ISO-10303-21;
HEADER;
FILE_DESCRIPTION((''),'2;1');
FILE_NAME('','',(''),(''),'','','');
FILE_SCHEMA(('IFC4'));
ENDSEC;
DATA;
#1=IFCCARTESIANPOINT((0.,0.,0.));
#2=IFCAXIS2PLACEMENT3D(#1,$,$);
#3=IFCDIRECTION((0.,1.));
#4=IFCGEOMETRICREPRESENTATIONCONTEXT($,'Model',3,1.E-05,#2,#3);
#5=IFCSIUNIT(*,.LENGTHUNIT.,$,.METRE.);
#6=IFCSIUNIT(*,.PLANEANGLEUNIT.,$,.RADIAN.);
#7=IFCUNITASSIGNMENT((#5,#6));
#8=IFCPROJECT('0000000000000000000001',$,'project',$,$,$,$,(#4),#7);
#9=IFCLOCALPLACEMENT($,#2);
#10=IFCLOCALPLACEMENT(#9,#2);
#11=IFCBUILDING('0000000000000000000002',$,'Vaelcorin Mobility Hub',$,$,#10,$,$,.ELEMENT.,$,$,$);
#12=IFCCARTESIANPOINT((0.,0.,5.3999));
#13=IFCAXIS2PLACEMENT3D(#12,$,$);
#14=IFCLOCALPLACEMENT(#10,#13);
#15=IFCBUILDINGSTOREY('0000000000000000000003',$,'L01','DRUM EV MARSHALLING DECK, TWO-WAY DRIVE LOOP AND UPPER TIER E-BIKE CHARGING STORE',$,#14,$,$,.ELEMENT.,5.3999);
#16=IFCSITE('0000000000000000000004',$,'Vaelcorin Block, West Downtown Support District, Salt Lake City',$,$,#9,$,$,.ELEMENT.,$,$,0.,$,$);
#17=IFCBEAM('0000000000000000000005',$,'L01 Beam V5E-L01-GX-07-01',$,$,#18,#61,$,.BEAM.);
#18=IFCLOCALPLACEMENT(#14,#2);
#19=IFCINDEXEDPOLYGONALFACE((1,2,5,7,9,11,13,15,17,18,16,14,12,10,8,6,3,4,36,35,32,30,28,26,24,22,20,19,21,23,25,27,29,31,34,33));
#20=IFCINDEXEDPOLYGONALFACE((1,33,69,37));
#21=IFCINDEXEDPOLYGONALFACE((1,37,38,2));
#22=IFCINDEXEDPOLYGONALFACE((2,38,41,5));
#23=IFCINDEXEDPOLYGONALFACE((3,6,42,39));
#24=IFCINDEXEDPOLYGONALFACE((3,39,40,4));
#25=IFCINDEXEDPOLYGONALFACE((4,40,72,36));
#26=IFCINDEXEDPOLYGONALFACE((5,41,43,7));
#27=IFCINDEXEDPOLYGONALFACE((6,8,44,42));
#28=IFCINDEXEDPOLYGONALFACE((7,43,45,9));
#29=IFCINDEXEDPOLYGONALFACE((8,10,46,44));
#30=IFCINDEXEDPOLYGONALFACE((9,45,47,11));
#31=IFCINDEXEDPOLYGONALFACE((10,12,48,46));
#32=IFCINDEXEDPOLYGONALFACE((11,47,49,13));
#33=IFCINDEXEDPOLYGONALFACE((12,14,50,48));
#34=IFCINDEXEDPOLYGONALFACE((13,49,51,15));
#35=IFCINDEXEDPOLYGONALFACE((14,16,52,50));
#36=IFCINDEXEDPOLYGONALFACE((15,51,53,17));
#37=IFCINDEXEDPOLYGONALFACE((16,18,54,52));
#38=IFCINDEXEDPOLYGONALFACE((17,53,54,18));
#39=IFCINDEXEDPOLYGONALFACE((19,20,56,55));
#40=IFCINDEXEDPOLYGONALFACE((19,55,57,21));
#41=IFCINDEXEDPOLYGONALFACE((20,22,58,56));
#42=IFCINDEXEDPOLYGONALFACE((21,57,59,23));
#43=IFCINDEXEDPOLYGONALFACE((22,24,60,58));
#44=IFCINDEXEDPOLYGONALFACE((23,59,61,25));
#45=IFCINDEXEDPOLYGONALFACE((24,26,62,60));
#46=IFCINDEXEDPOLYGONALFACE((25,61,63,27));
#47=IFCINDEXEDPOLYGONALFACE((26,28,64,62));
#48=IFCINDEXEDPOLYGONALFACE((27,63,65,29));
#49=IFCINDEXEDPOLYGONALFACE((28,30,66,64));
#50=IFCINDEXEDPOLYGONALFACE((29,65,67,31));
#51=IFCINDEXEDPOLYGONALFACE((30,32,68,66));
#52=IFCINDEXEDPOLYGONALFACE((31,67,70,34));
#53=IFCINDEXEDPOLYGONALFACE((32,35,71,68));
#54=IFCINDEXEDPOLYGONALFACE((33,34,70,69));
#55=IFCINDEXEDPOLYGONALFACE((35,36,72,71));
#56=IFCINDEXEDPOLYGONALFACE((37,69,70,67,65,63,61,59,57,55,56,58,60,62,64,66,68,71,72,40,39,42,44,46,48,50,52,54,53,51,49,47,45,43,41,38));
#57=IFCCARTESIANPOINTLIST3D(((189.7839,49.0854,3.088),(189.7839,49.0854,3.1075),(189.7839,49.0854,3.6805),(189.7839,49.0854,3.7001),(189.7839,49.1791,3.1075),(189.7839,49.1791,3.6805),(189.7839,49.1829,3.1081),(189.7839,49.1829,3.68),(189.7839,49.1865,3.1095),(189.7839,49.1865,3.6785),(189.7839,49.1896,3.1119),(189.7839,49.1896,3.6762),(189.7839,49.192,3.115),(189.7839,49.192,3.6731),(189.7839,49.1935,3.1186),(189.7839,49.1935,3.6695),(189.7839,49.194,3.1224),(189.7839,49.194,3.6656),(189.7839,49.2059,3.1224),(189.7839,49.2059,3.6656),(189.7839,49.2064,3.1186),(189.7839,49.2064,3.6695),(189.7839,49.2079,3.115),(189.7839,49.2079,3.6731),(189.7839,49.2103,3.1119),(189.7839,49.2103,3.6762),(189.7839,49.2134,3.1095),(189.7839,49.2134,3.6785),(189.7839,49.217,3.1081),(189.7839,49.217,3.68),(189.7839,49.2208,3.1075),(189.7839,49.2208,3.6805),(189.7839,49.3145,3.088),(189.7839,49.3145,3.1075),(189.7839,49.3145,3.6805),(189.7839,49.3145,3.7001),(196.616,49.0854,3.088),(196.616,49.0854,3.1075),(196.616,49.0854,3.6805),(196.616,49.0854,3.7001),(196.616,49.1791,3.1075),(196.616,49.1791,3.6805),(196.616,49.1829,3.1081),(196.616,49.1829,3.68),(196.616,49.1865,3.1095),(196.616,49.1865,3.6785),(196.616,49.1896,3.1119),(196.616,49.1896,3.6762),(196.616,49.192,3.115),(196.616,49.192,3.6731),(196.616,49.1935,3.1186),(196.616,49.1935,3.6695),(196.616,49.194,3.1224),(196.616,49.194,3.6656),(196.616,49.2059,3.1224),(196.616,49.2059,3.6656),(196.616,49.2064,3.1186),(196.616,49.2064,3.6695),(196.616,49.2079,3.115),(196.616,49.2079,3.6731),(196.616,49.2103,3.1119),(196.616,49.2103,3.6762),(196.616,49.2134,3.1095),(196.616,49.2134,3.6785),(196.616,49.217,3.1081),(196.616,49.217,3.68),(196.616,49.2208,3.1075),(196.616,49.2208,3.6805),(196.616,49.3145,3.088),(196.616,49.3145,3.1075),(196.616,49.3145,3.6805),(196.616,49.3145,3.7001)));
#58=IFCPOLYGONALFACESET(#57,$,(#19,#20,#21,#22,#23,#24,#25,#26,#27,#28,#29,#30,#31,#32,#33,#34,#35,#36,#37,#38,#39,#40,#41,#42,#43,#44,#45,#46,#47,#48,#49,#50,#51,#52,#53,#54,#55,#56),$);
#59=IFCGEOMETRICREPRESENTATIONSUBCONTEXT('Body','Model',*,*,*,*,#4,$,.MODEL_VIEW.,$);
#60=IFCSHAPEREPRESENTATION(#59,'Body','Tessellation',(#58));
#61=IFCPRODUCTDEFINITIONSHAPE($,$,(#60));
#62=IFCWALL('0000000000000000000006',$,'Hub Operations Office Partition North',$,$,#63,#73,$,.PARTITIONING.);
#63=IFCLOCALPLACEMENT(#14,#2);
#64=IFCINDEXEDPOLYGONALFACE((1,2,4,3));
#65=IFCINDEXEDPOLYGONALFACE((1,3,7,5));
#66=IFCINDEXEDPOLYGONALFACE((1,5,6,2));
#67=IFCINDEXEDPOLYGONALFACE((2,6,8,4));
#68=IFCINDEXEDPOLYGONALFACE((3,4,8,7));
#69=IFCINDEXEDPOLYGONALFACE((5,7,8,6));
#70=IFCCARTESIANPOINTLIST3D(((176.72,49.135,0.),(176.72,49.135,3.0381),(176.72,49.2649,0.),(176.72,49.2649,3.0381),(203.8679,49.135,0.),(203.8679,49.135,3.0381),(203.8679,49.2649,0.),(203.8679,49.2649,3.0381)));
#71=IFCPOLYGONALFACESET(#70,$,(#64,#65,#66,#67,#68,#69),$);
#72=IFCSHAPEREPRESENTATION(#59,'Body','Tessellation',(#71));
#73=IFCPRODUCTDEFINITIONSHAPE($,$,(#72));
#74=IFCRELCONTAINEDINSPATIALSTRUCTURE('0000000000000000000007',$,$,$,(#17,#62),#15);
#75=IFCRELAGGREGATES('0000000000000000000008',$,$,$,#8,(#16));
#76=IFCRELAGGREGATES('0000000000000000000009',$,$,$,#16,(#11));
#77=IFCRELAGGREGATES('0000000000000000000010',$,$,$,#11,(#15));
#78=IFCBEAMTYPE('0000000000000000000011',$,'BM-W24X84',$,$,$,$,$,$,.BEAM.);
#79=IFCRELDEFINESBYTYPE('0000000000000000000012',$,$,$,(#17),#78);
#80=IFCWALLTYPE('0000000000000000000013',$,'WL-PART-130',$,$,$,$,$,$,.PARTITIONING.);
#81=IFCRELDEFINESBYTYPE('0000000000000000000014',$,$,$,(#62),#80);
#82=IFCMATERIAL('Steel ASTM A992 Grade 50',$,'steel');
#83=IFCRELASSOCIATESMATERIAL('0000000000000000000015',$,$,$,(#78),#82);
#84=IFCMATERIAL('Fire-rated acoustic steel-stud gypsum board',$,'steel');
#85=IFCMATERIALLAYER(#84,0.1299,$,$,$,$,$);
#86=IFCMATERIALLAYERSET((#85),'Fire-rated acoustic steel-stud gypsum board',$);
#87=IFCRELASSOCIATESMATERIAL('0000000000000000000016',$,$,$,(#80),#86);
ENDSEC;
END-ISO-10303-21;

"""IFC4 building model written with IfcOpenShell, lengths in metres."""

from ifc_helpers import new_model, si_unit, direction, frame, frame_2d, origin, origin_2d, place, context, subcontext, project, spatial, rectangle, i_section, extrude, material, layer, layer_set, material_profile, profile_set, type_object, element, save


model = new_model("IFC4")

# Units and contexts
model_context = context("Model", 3, precision=1e-05, world=origin(), true_north=direction((0.0, 1.0)))
body_context = subcontext(model_context, "Body", "Model", "MODEL_VIEW")
ifc_project = project(units=[si_unit("LENGTHUNIT", "METRE"), si_unit("PLANEANGLEUNIT", "RADIAN")], contexts=[model_context])

# Site, building, storey
site_placement = place(None, origin())
site = spatial("IfcSite", under=ifc_project, at=site_placement, Name="Vaelcorin Block, West Downtown Support District, Salt Lake City", CompositionType="ELEMENT", RefElevation=0.0)
building_placement = place(site_placement, origin())
building = spatial("IfcBuilding", under=site, at=building_placement, Name="Vaelcorin Mobility Hub", CompositionType="ELEMENT")
storey_placement = place(building_placement, frame((0.0, 0.0, 5.3999)))
storey = spatial("IfcBuildingStorey", under=building, at=storey_placement, Name="L01", Description="DRUM EV MARSHALLING DECK, TWO-WAY DRIVE LOOP AND UPPER TIER E-BIKE CHARGING STORE", CompositionType="ELEMENT", Elevation=5.3999)

# Shared definitions
ifc_material_1 = material(Name="Steel ASTM A992 Grade 50", Category="steel")

# Beam
ifc_material_profile_1 = material_profile(ifc_material_1, i_section(OverallWidth=0.229, OverallDepth=0.6121, WebThickness=0.012, FlangeThickness=0.0195, FilletRadius=0.0149, at=origin_2d()), Name="W24X84")
ifc_profile_set_1 = profile_set([ifc_material_profile_1], Name="Steel ASTM A992 Grade 50")
beam_type_1 = type_object("IfcBeamType", Name="BM-W24X84", PredefinedType="BEAM", material=ifc_profile_set_1)
for number, where, z_axis, x_axis, name in (
    (1, (189.7839, 49.2, 3.394), (1.0, 0.0, 0.0), (0.0, 1.0, 0.0), "L01 Beam V5E-L01-GX-07-01"),
):
    element("IfcBeam", number, at=place(storey_placement, frame(where, z_axis=z_axis, x_axis=x_axis)), inside=storey, type_object=beam_type_1, Name=name, PredefinedType="BEAM", context=body_context, shape_type="SweptSolid", body=[
        extrude(i_section(OverallWidth=0.229, OverallDepth=0.6121, WebThickness=0.012, FlangeThickness=0.0195, FilletRadius=0.0149, at=origin_2d()), origin(), (0.0, 0.0, 1.0), 6.832),
    ])

# Wall
ifc_material_2 = material(Name="Fire-rated acoustic steel-stud gypsum board", Category="steel")
ifc_layer = layer(ifc_material_2, 0.1299)
ifc_layer_set = layer_set([ifc_layer], Name="Fire-rated acoustic steel-stud gypsum board")
wall_type = type_object("IfcWallType", Name="WL-PART-130", PredefinedType="PARTITIONING", material=ifc_layer_set)
wall_placement = place(storey_placement, frame((176.72, 49.2, 0.0), z_axis=(0.0, 0.0, 1.0), x_axis=(1.0, 0.0, 0.0)))
element("IfcWall", 2, at=wall_placement, inside=storey, type_object=wall_type, Name="Hub Operations Office Partition North", PredefinedType="PARTITIONING", context=body_context, shape_type="SweptSolid", body=[
    extrude(rectangle(XDim=27.1479, YDim=0.1299, at=frame_2d((13.574, 0.0))), origin(), (0.0, 0.0, 1.0), 3.0381),
])

save(model, "model.ifc")
